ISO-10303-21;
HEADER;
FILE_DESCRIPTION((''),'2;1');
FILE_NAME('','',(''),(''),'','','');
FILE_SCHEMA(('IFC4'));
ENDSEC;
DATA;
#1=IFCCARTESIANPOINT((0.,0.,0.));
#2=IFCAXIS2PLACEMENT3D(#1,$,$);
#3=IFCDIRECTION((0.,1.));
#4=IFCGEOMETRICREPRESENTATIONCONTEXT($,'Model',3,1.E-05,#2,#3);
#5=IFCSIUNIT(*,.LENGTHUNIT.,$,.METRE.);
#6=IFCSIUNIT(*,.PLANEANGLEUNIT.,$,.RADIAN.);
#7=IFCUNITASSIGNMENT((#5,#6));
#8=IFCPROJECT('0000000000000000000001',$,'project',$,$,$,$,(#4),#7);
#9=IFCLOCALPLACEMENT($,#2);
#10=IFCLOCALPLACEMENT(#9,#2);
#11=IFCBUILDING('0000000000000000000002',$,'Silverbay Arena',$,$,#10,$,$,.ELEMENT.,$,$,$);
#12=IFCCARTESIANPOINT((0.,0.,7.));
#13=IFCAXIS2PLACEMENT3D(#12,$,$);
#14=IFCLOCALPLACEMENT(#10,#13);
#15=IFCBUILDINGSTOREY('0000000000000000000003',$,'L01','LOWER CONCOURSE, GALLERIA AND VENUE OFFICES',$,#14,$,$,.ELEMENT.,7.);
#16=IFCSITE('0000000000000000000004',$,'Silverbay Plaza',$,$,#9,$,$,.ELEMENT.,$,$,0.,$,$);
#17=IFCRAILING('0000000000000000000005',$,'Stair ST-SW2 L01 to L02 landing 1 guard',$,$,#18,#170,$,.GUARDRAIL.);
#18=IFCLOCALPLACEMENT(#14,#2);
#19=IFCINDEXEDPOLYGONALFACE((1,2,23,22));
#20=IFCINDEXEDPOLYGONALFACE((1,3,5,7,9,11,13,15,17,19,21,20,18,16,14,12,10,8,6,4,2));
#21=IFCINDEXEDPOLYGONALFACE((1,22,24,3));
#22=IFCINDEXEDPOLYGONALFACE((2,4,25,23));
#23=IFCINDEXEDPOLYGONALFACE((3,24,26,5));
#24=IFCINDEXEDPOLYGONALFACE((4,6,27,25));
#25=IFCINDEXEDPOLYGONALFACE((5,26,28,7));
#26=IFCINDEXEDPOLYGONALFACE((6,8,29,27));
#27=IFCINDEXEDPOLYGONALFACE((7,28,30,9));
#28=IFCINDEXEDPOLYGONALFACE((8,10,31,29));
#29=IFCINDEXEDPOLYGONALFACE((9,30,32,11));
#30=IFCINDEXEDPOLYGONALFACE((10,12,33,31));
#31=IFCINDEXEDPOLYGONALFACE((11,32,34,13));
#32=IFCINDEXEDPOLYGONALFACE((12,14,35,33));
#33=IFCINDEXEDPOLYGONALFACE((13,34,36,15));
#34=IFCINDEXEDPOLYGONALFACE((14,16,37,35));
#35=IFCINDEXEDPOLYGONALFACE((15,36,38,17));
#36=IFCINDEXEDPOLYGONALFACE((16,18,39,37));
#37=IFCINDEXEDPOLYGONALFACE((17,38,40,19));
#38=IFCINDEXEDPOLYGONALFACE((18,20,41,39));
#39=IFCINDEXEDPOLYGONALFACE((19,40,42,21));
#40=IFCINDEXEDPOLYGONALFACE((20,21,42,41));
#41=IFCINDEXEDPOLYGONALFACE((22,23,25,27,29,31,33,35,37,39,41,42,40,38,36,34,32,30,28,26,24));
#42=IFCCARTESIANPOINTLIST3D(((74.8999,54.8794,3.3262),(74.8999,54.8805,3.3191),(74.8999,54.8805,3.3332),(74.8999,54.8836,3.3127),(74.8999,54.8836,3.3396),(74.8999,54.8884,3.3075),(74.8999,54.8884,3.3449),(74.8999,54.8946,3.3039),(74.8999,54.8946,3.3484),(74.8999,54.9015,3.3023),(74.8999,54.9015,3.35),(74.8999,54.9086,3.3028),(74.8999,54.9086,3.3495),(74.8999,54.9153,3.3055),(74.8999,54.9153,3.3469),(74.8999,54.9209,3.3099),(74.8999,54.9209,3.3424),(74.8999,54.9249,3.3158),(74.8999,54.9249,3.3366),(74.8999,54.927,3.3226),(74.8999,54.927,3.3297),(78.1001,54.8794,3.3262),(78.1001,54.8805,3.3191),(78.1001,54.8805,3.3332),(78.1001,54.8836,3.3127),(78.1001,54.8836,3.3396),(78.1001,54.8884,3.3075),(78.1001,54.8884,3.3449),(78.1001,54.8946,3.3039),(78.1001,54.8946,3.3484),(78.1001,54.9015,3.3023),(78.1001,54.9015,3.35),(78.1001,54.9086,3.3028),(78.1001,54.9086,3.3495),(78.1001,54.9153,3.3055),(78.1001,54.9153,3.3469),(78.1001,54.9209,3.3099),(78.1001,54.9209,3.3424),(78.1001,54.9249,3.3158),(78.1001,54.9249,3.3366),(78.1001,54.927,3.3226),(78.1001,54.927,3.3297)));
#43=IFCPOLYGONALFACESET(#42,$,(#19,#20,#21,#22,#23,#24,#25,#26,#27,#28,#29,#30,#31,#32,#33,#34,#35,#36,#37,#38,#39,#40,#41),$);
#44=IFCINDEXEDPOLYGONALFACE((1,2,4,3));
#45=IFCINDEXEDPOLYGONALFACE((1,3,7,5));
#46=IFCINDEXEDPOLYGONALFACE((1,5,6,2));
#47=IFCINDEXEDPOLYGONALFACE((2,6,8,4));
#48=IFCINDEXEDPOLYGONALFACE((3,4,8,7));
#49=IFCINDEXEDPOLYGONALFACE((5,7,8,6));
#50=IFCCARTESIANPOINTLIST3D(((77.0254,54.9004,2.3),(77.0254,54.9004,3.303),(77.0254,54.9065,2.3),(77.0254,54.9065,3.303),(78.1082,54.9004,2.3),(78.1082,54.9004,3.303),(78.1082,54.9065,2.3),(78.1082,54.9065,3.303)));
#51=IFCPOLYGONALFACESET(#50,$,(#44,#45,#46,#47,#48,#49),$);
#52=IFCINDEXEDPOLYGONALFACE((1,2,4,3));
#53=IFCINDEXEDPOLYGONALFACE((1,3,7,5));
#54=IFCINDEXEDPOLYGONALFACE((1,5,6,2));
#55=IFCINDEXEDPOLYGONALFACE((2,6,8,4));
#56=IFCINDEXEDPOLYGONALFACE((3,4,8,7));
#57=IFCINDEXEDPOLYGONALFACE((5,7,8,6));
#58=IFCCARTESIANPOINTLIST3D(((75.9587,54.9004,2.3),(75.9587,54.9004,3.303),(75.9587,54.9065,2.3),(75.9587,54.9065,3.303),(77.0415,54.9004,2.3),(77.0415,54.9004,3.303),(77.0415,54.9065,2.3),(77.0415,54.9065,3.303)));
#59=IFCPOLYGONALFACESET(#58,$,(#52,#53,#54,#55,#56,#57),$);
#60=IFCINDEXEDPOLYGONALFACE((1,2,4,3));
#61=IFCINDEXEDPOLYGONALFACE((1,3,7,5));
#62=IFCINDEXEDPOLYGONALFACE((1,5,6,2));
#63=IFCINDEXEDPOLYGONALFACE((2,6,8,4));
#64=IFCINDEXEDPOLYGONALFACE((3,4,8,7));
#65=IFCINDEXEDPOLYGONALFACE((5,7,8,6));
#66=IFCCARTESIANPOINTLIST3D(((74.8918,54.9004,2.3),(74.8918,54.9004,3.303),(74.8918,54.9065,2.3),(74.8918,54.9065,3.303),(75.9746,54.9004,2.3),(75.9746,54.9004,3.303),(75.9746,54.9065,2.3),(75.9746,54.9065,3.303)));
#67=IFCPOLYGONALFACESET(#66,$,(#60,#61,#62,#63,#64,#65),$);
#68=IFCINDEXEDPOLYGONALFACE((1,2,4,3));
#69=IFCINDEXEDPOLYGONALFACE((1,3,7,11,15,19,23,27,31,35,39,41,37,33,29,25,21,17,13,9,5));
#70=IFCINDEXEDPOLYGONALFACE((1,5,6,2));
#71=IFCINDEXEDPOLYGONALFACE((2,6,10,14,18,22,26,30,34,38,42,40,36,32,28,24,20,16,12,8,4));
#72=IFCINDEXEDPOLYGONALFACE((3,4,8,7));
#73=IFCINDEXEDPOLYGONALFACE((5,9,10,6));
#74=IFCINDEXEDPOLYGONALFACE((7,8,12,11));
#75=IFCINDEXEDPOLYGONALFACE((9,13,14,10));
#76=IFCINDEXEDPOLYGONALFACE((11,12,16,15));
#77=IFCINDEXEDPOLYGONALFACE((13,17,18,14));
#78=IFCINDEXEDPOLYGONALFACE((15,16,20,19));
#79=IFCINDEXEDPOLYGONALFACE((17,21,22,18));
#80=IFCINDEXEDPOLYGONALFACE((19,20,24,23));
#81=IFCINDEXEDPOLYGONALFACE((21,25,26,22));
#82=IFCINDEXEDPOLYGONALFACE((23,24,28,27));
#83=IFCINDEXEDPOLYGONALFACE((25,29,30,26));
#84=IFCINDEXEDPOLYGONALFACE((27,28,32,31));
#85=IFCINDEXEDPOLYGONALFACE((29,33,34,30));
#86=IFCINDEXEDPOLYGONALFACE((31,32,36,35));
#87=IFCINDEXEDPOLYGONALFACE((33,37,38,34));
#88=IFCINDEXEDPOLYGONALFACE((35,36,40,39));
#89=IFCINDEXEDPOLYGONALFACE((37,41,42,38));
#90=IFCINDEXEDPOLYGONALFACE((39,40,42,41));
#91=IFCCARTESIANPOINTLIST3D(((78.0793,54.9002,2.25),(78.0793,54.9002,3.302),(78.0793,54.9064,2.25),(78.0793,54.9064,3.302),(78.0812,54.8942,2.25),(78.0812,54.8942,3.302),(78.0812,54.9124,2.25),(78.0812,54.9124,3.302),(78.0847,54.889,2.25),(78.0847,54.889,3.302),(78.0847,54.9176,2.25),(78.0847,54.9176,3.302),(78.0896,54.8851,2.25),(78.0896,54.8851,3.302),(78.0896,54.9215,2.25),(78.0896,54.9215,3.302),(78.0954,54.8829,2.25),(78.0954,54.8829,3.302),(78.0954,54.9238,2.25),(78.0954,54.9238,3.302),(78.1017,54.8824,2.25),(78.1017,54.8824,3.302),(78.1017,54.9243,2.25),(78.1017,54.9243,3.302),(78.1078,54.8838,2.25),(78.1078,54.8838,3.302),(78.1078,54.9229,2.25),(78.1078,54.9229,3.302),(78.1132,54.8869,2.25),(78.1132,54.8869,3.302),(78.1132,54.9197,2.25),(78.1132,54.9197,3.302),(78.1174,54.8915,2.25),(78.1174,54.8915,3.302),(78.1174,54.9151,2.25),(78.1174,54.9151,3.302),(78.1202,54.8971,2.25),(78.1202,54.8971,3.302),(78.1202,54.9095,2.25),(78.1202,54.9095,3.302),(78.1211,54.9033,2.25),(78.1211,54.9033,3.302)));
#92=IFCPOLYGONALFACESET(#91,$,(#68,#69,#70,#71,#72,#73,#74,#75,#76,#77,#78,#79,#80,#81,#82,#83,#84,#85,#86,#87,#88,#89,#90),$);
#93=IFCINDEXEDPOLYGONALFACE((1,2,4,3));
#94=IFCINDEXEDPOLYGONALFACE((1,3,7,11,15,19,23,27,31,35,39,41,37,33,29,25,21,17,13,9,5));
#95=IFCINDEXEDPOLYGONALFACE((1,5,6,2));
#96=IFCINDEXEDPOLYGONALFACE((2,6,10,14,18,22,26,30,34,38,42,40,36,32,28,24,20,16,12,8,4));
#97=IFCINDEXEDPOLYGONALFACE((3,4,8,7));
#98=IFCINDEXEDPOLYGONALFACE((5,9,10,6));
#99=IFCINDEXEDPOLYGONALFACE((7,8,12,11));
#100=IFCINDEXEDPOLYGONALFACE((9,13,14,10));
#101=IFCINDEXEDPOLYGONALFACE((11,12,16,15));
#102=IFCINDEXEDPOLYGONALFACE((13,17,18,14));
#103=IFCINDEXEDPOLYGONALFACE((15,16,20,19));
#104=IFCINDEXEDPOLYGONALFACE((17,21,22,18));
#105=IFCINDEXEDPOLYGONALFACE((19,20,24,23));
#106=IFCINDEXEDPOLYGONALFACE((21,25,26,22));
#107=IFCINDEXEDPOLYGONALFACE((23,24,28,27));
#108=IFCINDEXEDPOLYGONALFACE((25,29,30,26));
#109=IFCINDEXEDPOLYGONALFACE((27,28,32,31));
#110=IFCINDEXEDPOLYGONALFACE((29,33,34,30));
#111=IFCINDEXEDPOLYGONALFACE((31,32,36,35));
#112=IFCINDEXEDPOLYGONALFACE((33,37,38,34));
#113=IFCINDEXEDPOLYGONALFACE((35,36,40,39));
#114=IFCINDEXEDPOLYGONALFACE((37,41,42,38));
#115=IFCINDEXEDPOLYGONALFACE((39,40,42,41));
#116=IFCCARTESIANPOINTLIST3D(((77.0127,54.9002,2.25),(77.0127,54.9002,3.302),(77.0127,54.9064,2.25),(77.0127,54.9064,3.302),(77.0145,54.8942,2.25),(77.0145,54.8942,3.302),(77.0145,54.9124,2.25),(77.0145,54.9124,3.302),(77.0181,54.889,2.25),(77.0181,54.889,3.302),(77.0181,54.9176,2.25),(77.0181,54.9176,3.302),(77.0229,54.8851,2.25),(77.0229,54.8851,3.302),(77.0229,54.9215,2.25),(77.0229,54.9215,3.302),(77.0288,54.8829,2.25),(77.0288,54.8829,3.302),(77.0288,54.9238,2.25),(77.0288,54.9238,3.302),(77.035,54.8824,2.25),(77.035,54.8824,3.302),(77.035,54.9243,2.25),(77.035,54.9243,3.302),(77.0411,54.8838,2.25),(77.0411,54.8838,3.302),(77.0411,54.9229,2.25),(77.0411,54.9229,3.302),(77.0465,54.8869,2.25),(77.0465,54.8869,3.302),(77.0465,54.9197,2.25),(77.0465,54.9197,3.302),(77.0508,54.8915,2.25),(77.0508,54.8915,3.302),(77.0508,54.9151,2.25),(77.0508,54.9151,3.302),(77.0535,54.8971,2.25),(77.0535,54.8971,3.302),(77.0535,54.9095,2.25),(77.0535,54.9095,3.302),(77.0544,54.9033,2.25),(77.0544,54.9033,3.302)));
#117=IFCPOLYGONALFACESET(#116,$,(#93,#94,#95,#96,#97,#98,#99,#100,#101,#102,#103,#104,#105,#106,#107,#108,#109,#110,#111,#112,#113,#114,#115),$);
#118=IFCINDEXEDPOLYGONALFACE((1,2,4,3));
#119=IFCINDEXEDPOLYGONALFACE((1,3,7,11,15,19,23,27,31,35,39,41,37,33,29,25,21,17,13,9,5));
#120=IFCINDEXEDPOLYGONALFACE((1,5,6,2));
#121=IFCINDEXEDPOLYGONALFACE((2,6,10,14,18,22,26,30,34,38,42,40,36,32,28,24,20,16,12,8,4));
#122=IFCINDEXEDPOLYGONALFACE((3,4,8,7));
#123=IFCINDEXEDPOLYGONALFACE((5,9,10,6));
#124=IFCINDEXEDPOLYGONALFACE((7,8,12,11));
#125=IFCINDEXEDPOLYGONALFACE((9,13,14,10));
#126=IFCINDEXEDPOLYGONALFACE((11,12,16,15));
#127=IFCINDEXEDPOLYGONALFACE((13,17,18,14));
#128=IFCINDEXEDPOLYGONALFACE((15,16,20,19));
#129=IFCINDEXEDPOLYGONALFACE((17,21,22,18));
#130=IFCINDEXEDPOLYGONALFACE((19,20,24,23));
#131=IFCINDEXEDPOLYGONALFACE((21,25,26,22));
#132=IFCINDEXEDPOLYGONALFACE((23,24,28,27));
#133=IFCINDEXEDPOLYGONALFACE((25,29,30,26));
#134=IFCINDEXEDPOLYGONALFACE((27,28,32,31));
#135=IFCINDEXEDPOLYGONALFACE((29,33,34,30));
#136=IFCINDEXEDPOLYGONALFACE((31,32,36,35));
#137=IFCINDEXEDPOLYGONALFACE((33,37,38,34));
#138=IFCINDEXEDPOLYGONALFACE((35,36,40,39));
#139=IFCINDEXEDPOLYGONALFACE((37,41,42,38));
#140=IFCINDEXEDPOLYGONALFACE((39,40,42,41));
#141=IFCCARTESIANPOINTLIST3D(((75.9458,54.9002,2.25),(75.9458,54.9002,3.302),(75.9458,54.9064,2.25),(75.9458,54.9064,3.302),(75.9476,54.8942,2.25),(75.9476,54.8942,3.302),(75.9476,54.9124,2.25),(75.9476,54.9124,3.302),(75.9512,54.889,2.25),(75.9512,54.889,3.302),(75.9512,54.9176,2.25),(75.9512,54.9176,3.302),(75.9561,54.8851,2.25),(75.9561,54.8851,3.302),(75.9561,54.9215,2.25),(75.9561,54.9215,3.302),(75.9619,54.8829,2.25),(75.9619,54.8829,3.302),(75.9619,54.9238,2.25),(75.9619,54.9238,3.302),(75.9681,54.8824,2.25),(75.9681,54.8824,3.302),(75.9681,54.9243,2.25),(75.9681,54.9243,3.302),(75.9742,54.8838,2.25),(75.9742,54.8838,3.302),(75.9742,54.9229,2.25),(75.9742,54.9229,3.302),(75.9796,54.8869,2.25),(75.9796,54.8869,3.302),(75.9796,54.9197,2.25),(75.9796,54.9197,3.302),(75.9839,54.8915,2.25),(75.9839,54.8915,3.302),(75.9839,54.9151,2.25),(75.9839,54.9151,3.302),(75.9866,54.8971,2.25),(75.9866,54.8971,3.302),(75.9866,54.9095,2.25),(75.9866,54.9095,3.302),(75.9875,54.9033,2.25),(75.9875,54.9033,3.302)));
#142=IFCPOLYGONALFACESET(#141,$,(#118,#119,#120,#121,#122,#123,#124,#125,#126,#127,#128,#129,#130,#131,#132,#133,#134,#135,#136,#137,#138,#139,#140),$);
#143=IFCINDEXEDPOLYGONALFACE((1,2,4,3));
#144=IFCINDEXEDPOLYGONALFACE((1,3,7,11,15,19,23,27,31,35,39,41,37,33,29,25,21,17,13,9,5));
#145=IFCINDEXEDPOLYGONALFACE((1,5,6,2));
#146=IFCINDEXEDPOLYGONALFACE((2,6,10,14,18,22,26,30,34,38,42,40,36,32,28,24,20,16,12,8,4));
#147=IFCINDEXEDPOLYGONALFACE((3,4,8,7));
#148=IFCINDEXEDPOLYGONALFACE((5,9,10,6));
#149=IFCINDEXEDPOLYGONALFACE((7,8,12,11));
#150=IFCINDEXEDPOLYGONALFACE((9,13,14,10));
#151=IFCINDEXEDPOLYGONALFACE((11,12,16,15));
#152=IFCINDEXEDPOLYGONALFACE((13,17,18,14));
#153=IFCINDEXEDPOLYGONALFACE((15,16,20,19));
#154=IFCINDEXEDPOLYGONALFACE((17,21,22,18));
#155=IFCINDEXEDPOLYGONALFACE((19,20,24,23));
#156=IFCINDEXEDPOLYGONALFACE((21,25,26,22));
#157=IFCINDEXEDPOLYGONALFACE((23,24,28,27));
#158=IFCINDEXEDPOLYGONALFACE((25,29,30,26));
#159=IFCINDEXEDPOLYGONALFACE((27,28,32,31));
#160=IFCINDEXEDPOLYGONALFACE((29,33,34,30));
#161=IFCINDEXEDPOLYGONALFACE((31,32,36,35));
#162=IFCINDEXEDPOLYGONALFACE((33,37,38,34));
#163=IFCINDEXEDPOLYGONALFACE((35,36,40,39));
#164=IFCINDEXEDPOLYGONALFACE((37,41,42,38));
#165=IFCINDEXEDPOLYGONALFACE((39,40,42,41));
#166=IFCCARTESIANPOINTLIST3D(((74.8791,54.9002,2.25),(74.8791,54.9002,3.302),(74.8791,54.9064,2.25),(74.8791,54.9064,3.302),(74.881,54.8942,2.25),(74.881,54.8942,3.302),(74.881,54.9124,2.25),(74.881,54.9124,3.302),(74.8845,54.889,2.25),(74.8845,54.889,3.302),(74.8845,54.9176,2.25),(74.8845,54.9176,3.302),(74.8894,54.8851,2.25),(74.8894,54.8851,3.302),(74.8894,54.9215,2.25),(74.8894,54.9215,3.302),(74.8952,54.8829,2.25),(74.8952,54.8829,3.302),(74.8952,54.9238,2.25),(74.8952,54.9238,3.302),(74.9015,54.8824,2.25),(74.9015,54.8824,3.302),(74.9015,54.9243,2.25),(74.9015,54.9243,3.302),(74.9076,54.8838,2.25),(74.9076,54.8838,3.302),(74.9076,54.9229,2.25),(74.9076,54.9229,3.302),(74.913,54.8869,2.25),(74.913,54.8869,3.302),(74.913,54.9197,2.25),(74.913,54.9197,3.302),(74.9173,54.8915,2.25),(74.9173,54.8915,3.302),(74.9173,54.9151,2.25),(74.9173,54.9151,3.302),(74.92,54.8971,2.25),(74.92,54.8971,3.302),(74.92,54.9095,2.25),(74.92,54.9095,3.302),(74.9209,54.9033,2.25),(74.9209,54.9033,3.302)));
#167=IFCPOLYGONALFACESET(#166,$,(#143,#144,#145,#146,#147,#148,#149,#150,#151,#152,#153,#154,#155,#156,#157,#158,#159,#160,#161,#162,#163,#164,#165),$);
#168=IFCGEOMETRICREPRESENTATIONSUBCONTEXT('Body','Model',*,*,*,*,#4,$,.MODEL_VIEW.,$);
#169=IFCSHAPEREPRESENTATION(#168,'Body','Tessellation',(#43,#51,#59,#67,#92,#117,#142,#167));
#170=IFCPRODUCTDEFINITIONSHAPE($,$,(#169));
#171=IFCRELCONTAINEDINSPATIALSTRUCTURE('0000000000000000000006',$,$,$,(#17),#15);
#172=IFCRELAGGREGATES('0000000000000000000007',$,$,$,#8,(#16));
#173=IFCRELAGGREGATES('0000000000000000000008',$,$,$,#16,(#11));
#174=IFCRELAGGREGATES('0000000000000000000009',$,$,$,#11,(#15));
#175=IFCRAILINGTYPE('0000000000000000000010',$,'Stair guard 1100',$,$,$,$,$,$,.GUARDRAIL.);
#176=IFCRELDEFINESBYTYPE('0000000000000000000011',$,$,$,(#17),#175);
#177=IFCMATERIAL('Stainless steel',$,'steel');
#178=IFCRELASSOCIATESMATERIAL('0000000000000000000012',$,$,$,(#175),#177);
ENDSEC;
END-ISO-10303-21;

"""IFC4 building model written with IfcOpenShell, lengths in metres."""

from ifc_helpers import new_model, si_unit, direction, frame, origin, origin_2d, place, context, subcontext, project, spatial, polyline, circle, outline, extrude, material, type_object, element, save


model = new_model("IFC4")

# Units and contexts
model_context = context("Model", 3, precision=1e-05, world=origin(), true_north=direction((0.0, 1.0)))
body_context = subcontext(model_context, "Body", "Model", "MODEL_VIEW")
ifc_project = project(units=[si_unit("LENGTHUNIT", "METRE"), si_unit("PLANEANGLEUNIT", "RADIAN")], contexts=[model_context])

# Site, building, storey
site_placement = place(None, origin())
site = spatial("IfcSite", under=ifc_project, at=site_placement, Name="Silverbay Plaza", CompositionType="ELEMENT", RefElevation=0.0)
building_placement = place(site_placement, origin())
building = spatial("IfcBuilding", under=site, at=building_placement, Name="Silverbay Arena", CompositionType="ELEMENT")
storey_placement = place(building_placement, frame((0.0, 0.0, 7.0)))
storey = spatial("IfcBuildingStorey", under=building, at=storey_placement, Name="L01", Description="LOWER CONCOURSE, GALLERIA AND VENUE OFFICES", CompositionType="ELEMENT", Elevation=7.0)

# Railing
ifc_material_1 = material(Name="Stainless steel", Category="steel")
railing_type_1 = type_object("IfcRailingType", Name="Stair guard 1100", PredefinedType="GUARDRAIL", material=ifc_material_1)
for number, where, name in (
    (1, (78.1001, 54.9033, 2.25), "Stair ST-SW2 L01 to L02 landing 1 guard"),
):
    element("IfcRailing", number, at=place(storey_placement, frame(where)), inside=storey, type_object=railing_type_1, Name=name, PredefinedType="GUARDRAIL", context=body_context, shape_type="SweptSolid", body=[
        extrude(circle(Radius=0.0239, at=origin_2d()), frame((0.0, 0.0, 1.0762), z_axis=(-1.0, 0.0, 0.0), x_axis=(0.0, -1.0, 0.0)), (0.0, 0.0, 1.0), 3.2002),
        extrude(outline(polyline([(-0.0081, 0.05), (1.0747, 0.05), (1.0747, 1.053), (-0.0081, 1.053), (-0.0081, 0.05)])), frame((0.0, -0.0029, 0.0), z_axis=(0.0, 1.0, 0.0), x_axis=(-1.0, 0.0, 0.0)), (0.0, 0.0, 1.0), 0.0061),
        extrude(outline(polyline([(-0.0081, 0.05), (1.0747, 0.05), (1.0747, 1.053), (-0.0081, 1.053), (-0.0081, 0.05)])), frame((-1.0667, -0.0029, 0.0), z_axis=(0.0, 1.0, 0.0), x_axis=(-1.0, 0.0, 0.0)), (0.0, 0.0, 1.0), 0.0061),
        extrude(outline(polyline([(-0.0081, 0.05), (1.0747, 0.05), (1.0747, 1.053), (-0.0081, 1.053), (-0.0081, 0.05)])), frame((-2.1335, -0.0029, 0.0), z_axis=(0.0, 1.0, 0.0), x_axis=(-1.0, 0.0, 0.0)), (0.0, 0.0, 1.0), 0.0061),
        extrude(circle(Radius=0.021, at=origin_2d()), origin(), (0.0, 0.0, 1.0), 1.052),
        extrude(circle(Radius=0.021, at=origin_2d()), frame((-1.0667, 0.0, 0.0)), (0.0, 0.0, 1.0), 1.052),
        extrude(circle(Radius=0.021, at=origin_2d()), frame((-2.1335, 0.0, 0.0)), (0.0, 0.0, 1.0), 1.052),
        extrude(circle(Radius=0.021, at=origin_2d()), frame((-3.2002, 0.0, 0.0)), (0.0, 0.0, 1.0), 1.052),
    ])

save(model, "model.ifc")
